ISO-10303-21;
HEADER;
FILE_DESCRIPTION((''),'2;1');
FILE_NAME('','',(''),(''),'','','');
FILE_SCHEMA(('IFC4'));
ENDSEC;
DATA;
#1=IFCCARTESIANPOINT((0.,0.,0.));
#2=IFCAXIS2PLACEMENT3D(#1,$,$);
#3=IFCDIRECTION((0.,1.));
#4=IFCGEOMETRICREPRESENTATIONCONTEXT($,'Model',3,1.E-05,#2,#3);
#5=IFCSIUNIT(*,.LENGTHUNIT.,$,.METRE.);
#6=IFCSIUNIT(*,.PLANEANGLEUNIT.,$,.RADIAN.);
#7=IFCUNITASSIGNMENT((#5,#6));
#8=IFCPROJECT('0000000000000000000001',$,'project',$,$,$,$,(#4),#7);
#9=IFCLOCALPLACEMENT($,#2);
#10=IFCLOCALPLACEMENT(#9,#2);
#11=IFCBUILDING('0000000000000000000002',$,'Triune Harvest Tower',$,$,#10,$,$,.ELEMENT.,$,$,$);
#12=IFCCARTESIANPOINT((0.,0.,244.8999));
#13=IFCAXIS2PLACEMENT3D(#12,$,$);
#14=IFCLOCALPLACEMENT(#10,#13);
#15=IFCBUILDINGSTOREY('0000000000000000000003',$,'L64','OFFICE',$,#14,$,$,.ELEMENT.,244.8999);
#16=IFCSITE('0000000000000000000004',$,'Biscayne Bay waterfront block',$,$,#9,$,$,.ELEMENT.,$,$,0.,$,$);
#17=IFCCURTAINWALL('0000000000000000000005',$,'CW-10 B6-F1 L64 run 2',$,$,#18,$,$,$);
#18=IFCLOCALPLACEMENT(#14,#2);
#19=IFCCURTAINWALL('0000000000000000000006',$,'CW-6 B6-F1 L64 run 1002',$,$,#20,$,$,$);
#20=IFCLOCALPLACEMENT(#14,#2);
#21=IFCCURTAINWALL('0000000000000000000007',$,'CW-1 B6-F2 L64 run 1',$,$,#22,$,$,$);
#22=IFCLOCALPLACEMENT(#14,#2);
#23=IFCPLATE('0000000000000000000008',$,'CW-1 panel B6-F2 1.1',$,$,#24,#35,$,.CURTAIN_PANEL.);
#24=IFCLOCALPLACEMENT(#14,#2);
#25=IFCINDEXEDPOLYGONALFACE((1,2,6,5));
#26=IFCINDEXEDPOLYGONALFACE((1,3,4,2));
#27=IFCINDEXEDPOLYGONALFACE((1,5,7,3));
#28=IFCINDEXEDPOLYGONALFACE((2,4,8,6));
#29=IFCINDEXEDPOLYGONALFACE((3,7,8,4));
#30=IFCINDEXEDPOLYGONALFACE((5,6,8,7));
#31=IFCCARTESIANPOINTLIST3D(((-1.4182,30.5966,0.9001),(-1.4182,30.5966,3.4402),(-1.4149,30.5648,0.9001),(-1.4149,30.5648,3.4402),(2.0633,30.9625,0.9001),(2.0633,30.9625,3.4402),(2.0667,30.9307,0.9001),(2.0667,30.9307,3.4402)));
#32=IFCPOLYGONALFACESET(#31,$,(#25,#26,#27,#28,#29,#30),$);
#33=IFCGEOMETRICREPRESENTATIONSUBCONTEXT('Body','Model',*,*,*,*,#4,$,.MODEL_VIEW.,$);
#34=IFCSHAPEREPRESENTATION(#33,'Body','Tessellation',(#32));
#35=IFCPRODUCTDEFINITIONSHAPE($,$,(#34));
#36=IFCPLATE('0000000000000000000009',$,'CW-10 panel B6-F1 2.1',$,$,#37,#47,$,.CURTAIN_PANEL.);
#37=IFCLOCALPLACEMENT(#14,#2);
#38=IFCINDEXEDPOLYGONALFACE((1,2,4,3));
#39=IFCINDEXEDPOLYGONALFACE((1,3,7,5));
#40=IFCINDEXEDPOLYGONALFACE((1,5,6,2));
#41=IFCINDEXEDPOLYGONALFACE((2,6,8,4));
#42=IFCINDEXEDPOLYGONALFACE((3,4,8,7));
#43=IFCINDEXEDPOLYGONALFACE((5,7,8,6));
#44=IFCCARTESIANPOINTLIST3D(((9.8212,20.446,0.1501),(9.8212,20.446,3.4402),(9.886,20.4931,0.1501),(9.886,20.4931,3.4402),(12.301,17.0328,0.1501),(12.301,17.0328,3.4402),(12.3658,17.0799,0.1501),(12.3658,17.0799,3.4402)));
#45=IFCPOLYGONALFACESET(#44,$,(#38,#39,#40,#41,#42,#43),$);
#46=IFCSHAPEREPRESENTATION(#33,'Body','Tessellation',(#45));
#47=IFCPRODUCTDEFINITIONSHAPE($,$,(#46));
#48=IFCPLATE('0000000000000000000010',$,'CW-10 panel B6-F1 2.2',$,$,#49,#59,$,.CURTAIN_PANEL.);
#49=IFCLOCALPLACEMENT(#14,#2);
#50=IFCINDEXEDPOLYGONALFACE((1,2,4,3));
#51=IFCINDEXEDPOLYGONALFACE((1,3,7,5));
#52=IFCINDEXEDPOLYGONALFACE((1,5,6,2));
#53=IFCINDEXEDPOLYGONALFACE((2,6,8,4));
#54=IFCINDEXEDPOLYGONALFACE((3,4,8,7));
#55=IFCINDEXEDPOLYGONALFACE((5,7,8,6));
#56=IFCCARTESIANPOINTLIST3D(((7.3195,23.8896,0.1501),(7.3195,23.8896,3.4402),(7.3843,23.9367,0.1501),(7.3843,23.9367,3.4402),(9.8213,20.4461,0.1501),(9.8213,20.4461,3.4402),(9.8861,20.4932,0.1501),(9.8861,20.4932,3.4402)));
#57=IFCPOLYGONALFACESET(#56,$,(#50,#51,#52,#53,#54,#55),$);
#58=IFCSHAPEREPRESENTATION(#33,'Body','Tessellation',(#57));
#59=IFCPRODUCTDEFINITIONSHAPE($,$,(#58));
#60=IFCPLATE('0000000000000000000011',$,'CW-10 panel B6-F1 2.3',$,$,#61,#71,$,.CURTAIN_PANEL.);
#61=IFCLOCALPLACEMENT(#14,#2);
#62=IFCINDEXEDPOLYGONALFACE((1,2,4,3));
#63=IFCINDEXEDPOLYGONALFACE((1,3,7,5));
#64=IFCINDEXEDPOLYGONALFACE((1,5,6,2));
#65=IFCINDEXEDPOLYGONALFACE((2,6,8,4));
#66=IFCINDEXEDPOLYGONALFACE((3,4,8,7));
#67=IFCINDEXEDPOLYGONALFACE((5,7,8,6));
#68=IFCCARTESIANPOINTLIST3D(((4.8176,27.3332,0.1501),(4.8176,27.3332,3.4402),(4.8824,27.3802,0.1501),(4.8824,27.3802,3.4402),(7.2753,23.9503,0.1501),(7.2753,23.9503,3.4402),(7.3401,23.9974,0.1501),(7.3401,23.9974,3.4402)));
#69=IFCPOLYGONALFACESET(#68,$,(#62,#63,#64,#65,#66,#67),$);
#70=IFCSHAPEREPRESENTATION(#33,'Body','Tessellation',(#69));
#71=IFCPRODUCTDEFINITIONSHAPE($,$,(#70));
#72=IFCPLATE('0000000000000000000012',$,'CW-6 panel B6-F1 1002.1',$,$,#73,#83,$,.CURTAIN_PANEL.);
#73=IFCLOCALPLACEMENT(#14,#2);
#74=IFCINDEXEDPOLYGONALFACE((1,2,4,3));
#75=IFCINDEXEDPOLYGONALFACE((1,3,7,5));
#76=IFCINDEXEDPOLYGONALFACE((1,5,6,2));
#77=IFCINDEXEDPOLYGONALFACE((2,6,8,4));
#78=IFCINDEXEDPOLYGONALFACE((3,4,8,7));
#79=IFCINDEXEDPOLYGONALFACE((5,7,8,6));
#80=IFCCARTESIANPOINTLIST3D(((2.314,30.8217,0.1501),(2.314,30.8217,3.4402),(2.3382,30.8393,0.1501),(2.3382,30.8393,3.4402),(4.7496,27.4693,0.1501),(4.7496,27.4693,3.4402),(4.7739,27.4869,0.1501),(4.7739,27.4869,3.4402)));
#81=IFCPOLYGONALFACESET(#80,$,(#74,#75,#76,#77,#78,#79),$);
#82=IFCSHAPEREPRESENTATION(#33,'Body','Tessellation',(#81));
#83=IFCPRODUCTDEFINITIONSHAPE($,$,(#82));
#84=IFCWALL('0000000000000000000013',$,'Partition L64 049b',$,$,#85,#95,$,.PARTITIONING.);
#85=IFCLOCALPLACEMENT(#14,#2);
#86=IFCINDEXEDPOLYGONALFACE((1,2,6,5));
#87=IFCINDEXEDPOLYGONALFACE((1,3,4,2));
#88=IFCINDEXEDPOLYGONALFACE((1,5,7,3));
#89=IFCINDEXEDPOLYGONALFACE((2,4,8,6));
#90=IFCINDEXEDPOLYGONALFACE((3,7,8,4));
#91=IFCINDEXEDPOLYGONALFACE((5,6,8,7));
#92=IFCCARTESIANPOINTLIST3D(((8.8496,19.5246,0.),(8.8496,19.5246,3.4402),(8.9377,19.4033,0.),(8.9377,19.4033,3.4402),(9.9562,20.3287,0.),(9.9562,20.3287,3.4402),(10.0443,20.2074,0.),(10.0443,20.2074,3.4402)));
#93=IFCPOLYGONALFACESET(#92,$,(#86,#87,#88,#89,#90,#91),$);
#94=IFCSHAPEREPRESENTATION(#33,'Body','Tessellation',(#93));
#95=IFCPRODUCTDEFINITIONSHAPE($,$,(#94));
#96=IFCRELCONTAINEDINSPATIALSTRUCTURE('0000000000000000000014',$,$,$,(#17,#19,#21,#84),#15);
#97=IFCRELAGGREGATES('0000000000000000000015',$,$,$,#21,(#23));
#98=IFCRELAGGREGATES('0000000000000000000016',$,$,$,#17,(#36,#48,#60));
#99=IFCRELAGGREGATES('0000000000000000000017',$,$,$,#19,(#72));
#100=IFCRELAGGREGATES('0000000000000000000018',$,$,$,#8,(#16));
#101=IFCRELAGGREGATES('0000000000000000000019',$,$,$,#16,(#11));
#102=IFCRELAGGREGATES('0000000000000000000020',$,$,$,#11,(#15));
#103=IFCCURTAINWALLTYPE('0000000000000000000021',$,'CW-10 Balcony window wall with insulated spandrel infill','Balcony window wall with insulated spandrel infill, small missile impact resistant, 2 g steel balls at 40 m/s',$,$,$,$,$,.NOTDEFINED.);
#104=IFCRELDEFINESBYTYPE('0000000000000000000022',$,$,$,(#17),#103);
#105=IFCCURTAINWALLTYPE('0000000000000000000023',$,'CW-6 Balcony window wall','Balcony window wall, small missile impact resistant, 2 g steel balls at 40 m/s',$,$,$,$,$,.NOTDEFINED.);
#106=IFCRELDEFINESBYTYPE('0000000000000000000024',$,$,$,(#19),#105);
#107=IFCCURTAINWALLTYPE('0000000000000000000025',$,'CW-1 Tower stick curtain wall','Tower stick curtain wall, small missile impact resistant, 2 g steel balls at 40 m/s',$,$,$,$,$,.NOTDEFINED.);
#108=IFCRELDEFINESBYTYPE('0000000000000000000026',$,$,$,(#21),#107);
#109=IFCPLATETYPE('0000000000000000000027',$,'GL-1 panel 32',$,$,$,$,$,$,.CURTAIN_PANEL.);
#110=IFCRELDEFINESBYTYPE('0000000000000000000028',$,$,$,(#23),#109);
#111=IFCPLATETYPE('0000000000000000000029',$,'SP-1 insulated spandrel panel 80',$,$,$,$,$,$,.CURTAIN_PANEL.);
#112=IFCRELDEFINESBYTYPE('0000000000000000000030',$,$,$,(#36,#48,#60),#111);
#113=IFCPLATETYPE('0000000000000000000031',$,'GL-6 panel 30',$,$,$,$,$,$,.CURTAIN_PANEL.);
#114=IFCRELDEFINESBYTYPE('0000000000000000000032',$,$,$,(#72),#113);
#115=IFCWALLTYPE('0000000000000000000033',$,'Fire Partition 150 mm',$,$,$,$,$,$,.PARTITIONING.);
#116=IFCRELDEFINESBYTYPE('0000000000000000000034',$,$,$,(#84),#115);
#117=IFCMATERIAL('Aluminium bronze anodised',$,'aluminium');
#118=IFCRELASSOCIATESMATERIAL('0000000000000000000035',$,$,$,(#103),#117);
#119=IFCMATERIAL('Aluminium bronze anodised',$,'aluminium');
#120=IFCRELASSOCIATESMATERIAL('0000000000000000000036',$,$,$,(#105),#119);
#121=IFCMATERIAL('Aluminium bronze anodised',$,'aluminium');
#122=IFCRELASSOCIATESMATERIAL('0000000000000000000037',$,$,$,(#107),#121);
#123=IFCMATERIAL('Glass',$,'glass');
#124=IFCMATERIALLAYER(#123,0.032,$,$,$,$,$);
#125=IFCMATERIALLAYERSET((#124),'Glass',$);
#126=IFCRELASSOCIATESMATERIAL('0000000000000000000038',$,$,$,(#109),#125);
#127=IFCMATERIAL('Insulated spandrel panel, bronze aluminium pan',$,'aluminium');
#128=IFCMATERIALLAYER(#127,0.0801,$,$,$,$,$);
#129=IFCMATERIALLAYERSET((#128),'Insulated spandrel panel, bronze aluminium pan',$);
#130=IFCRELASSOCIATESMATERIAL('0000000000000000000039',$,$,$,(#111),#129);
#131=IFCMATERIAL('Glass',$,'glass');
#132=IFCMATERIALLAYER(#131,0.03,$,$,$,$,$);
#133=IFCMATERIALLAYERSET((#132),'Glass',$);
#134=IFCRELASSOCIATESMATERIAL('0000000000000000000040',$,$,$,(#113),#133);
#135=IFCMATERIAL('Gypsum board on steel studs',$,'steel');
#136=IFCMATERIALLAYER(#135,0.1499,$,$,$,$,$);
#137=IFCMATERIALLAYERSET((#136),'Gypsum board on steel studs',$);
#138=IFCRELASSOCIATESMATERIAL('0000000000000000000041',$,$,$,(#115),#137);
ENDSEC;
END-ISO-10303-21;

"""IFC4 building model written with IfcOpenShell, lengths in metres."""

from ifc_helpers import new_model, si_unit, direction, frame, frame_2d, origin, origin_2d, place, context, subcontext, project, spatial, rectangle, extrude, source, transform, mapped, material, layer, layer_set, type_object, element, aggregate, save


model = new_model("IFC4")

# Units and contexts
model_context = context("Model", 3, precision=1e-05, world=origin(), true_north=direction((0.0, 1.0)))
body_context = subcontext(model_context, "Body", "Model", "MODEL_VIEW")
ifc_project = project(units=[si_unit("LENGTHUNIT", "METRE"), si_unit("PLANEANGLEUNIT", "RADIAN")], contexts=[model_context])

# Site, building, storey
site_placement = place(None, origin())
site = spatial("IfcSite", under=ifc_project, at=site_placement, Name="Biscayne Bay waterfront block", CompositionType="ELEMENT", RefElevation=0.0)
building_placement = place(site_placement, origin())
building = spatial("IfcBuilding", under=site, at=building_placement, Name="Triune Harvest Tower", CompositionType="ELEMENT")
storey_placement = place(building_placement, frame((0.0, 0.0, 244.8999)))
storey = spatial("IfcBuildingStorey", under=building, at=storey_placement, Name="L64", Description="OFFICE", CompositionType="ELEMENT", Elevation=244.8999)

# Curtain walls
ifc_material_1 = material(Name="Aluminium bronze anodised", Category="aluminium")
curtain_wall_type_1 = type_object("IfcCurtainWallType", Name="CW-10 Balcony window wall with insulated spandrel infill", Description="Balcony window wall with insulated spandrel infill, small missile impact resistant, 2 g steel balls at 40 m/s", PredefinedType="NOTDEFINED", material=ifc_material_1)
curtain_wall_1_placement = place(storey_placement, origin())
curtain_wall_1 = element("IfcCurtainWall", 1, at=curtain_wall_1_placement, inside=storey, type_object=curtain_wall_type_1, Name="CW-10 B6-F1 L64 run 2")
ifc_material_2 = material(Name="Aluminium bronze anodised", Category="aluminium")
curtain_wall_type_2 = type_object("IfcCurtainWallType", Name="CW-6 Balcony window wall", Description="Balcony window wall, small missile impact resistant, 2 g steel balls at 40 m/s", PredefinedType="NOTDEFINED", material=ifc_material_2)
curtain_wall_2_placement = place(storey_placement, origin())
curtain_wall_2 = element("IfcCurtainWall", 2, at=curtain_wall_2_placement, inside=storey, type_object=curtain_wall_type_2, Name="CW-6 B6-F1 L64 run 1002")

# Curtain wall
ifc_material_3 = material(Name="Aluminium bronze anodised", Category="aluminium")
curtain_wall_type_3 = type_object("IfcCurtainWallType", Name="CW-1 Tower stick curtain wall", Description="Tower stick curtain wall, small missile impact resistant, 2 g steel balls at 40 m/s", PredefinedType="NOTDEFINED", material=ifc_material_3)
curtain_wall_3_placement = place(storey_placement, origin())
curtain_wall_3 = element("IfcCurtainWall", 3, at=curtain_wall_3_placement, inside=storey, type_object=curtain_wall_type_3, Name="CW-1 B6-F2 L64 run 1")

# Plates
ifc_material_4 = material(Name="Glass", Category="glass")
ifc_layer_1 = layer(ifc_material_4, 0.032)
ifc_layer_set_1 = layer_set([ifc_layer_1], Name="Glass")
plate_type_1 = type_object("IfcPlateType", Name="GL-1 panel 32", PredefinedType="CURTAIN_PANEL", material=ifc_layer_set_1)
shared_shape_1 = source(origin(), body_context, "Body", "SweptSolid", [
    extrude(rectangle(XDim=3.5007, YDim=0.032, at=origin_2d()), origin(), (0.0, 0.0, 1.0), 2.54),
])
plate_1_placement = place(storey_placement, frame((0.3242, 30.7637, 0.9001), z_axis=(0.0, 0.0, 1.0), x_axis=(-0.994522, -0.10453, 0.0)))
plate_1 = element("IfcPlate", 4, at=plate_1_placement, type_object=plate_type_1, Name="CW-1 panel B6-F2 1.1", PredefinedType="CURTAIN_PANEL", context=body_context, shape_type="MappedRepresentation", body=[
    mapped(shared_shape_1, transform((0.0, 0.0, 0.0), scale=1.0)),
])
aggregate(curtain_wall_3, [plate_1])
ifc_material_5 = material(Name="Insulated spandrel panel, bronze aluminium pan", Category="aluminium")
ifc_layer_2 = layer(ifc_material_5, 0.0801)
ifc_layer_set_2 = layer_set([ifc_layer_2], Name="Insulated spandrel panel, bronze aluminium pan")
plate_type_2 = type_object("IfcPlateType", Name="SP-1 insulated spandrel panel 80", PredefinedType="CURTAIN_PANEL", material=ifc_layer_set_2)
shared_shape_2 = source(origin(), body_context, "Body", "SweptSolid", [
    extrude(rectangle(XDim=4.219, YDim=0.0801, at=origin_2d()), origin(), (0.0, 0.0, 1.0), 3.29),
])
plate_2_placement = place(storey_placement, frame((11.0935, 18.7629, 0.1501), z_axis=(0.0, 0.0, 1.0), x_axis=(-0.587784, 0.809018, 0.0)))
plate_2 = element("IfcPlate", 5, at=plate_2_placement, type_object=plate_type_2, Name="CW-10 panel B6-F1 2.1", PredefinedType="CURTAIN_PANEL", context=body_context, shape_type="MappedRepresentation", body=[
    mapped(shared_shape_2, transform((0.0, 0.0, 0.0), scale=1.0)),
])
shared_shape_3 = source(origin(), body_context, "Body", "SweptSolid", [
    extrude(rectangle(XDim=4.2563, YDim=0.0801, at=origin_2d()), origin(), (0.0, 0.0, 1.0), 3.29),
])
plate_3_placement = place(storey_placement, frame((8.6028, 22.1914, 0.1501), z_axis=(0.0, 0.0, 1.0), x_axis=(-0.587784, 0.809018, 0.0)))
plate_3 = element("IfcPlate", 6, at=plate_3_placement, type_object=plate_type_2, Name="CW-10 panel B6-F1 2.2", PredefinedType="CURTAIN_PANEL", context=body_context, shape_type="MappedRepresentation", body=[
    mapped(shared_shape_3, transform((0.0, 0.0, 0.0), scale=1.0)),
])
shared_shape_4 = source(origin(), body_context, "Body", "SweptSolid", [
    extrude(rectangle(XDim=4.1814, YDim=0.0801, at=origin_2d()), origin(), (0.0, 0.0, 1.0), 3.29),
])
plate_4_placement = place(storey_placement, frame((6.0789, 25.6653, 0.1501), z_axis=(0.0, 0.0, 1.0), x_axis=(-0.587784, 0.809018, 0.0)))
plate_4 = element("IfcPlate", 7, at=plate_4_placement, type_object=plate_type_2, Name="CW-10 panel B6-F1 2.3", PredefinedType="CURTAIN_PANEL", context=body_context, shape_type="MappedRepresentation", body=[
    mapped(shared_shape_4, transform((0.0, 0.0, 0.0), scale=1.0)),
])
aggregate(curtain_wall_1, [plate_2, plate_3, plate_4])
ifc_material_6 = material(Name="Glass", Category="glass")
ifc_layer_3 = layer(ifc_material_6, 0.03)
ifc_layer_set_3 = layer_set([ifc_layer_3], Name="Glass")
plate_type_3 = type_object("IfcPlateType", Name="GL-6 panel 30", PredefinedType="CURTAIN_PANEL", material=ifc_layer_set_3)
shared_shape_5 = source(origin(), body_context, "Body", "SweptSolid", [
    extrude(rectangle(XDim=4.1438, YDim=0.03, at=origin_2d()), origin(), (0.0, 0.0, 1.0), 3.29),
])
plate_5_placement = place(storey_placement, frame((3.5439, 29.1543, 0.1501), z_axis=(0.0, 0.0, 1.0), x_axis=(-0.587792, 0.809012, 0.0)))
plate_5 = element("IfcPlate", 8, at=plate_5_placement, type_object=plate_type_3, Name="CW-6 panel B6-F1 1002.1", PredefinedType="CURTAIN_PANEL", context=body_context, shape_type="MappedRepresentation", body=[
    mapped(shared_shape_5, transform((0.0, 0.0, 0.0), scale=1.0)),
])
aggregate(curtain_wall_2, [plate_5])

# Wall
ifc_material_7 = material(Name="Gypsum board on steel studs", Category="steel")
ifc_layer_4 = layer(ifc_material_7, 0.1499)
ifc_layer_set_4 = layer_set([ifc_layer_4], Name="Gypsum board on steel studs")
wall_type = type_object("IfcWallType", Name="Fire Partition 150 mm", PredefinedType="PARTITIONING", material=ifc_layer_set_4)
wall_placement = place(storey_placement, frame((8.8936, 19.4639, 0.0), z_axis=(0.0, 0.0, 1.0), x_axis=(0.808968, 0.587853, 0.0)))
element("IfcWall", 9, at=wall_placement, inside=storey, type_object=wall_type, Name="Partition L64 049b", PredefinedType="PARTITIONING", context=body_context, shape_type="SweptSolid", body=[
    extrude(rectangle(XDim=1.3679, YDim=0.1499, at=frame_2d((0.6841, 0.0))), origin(), (0.0, 0.0, 1.0), 3.4402),
])

save(model, "model.ifc")
